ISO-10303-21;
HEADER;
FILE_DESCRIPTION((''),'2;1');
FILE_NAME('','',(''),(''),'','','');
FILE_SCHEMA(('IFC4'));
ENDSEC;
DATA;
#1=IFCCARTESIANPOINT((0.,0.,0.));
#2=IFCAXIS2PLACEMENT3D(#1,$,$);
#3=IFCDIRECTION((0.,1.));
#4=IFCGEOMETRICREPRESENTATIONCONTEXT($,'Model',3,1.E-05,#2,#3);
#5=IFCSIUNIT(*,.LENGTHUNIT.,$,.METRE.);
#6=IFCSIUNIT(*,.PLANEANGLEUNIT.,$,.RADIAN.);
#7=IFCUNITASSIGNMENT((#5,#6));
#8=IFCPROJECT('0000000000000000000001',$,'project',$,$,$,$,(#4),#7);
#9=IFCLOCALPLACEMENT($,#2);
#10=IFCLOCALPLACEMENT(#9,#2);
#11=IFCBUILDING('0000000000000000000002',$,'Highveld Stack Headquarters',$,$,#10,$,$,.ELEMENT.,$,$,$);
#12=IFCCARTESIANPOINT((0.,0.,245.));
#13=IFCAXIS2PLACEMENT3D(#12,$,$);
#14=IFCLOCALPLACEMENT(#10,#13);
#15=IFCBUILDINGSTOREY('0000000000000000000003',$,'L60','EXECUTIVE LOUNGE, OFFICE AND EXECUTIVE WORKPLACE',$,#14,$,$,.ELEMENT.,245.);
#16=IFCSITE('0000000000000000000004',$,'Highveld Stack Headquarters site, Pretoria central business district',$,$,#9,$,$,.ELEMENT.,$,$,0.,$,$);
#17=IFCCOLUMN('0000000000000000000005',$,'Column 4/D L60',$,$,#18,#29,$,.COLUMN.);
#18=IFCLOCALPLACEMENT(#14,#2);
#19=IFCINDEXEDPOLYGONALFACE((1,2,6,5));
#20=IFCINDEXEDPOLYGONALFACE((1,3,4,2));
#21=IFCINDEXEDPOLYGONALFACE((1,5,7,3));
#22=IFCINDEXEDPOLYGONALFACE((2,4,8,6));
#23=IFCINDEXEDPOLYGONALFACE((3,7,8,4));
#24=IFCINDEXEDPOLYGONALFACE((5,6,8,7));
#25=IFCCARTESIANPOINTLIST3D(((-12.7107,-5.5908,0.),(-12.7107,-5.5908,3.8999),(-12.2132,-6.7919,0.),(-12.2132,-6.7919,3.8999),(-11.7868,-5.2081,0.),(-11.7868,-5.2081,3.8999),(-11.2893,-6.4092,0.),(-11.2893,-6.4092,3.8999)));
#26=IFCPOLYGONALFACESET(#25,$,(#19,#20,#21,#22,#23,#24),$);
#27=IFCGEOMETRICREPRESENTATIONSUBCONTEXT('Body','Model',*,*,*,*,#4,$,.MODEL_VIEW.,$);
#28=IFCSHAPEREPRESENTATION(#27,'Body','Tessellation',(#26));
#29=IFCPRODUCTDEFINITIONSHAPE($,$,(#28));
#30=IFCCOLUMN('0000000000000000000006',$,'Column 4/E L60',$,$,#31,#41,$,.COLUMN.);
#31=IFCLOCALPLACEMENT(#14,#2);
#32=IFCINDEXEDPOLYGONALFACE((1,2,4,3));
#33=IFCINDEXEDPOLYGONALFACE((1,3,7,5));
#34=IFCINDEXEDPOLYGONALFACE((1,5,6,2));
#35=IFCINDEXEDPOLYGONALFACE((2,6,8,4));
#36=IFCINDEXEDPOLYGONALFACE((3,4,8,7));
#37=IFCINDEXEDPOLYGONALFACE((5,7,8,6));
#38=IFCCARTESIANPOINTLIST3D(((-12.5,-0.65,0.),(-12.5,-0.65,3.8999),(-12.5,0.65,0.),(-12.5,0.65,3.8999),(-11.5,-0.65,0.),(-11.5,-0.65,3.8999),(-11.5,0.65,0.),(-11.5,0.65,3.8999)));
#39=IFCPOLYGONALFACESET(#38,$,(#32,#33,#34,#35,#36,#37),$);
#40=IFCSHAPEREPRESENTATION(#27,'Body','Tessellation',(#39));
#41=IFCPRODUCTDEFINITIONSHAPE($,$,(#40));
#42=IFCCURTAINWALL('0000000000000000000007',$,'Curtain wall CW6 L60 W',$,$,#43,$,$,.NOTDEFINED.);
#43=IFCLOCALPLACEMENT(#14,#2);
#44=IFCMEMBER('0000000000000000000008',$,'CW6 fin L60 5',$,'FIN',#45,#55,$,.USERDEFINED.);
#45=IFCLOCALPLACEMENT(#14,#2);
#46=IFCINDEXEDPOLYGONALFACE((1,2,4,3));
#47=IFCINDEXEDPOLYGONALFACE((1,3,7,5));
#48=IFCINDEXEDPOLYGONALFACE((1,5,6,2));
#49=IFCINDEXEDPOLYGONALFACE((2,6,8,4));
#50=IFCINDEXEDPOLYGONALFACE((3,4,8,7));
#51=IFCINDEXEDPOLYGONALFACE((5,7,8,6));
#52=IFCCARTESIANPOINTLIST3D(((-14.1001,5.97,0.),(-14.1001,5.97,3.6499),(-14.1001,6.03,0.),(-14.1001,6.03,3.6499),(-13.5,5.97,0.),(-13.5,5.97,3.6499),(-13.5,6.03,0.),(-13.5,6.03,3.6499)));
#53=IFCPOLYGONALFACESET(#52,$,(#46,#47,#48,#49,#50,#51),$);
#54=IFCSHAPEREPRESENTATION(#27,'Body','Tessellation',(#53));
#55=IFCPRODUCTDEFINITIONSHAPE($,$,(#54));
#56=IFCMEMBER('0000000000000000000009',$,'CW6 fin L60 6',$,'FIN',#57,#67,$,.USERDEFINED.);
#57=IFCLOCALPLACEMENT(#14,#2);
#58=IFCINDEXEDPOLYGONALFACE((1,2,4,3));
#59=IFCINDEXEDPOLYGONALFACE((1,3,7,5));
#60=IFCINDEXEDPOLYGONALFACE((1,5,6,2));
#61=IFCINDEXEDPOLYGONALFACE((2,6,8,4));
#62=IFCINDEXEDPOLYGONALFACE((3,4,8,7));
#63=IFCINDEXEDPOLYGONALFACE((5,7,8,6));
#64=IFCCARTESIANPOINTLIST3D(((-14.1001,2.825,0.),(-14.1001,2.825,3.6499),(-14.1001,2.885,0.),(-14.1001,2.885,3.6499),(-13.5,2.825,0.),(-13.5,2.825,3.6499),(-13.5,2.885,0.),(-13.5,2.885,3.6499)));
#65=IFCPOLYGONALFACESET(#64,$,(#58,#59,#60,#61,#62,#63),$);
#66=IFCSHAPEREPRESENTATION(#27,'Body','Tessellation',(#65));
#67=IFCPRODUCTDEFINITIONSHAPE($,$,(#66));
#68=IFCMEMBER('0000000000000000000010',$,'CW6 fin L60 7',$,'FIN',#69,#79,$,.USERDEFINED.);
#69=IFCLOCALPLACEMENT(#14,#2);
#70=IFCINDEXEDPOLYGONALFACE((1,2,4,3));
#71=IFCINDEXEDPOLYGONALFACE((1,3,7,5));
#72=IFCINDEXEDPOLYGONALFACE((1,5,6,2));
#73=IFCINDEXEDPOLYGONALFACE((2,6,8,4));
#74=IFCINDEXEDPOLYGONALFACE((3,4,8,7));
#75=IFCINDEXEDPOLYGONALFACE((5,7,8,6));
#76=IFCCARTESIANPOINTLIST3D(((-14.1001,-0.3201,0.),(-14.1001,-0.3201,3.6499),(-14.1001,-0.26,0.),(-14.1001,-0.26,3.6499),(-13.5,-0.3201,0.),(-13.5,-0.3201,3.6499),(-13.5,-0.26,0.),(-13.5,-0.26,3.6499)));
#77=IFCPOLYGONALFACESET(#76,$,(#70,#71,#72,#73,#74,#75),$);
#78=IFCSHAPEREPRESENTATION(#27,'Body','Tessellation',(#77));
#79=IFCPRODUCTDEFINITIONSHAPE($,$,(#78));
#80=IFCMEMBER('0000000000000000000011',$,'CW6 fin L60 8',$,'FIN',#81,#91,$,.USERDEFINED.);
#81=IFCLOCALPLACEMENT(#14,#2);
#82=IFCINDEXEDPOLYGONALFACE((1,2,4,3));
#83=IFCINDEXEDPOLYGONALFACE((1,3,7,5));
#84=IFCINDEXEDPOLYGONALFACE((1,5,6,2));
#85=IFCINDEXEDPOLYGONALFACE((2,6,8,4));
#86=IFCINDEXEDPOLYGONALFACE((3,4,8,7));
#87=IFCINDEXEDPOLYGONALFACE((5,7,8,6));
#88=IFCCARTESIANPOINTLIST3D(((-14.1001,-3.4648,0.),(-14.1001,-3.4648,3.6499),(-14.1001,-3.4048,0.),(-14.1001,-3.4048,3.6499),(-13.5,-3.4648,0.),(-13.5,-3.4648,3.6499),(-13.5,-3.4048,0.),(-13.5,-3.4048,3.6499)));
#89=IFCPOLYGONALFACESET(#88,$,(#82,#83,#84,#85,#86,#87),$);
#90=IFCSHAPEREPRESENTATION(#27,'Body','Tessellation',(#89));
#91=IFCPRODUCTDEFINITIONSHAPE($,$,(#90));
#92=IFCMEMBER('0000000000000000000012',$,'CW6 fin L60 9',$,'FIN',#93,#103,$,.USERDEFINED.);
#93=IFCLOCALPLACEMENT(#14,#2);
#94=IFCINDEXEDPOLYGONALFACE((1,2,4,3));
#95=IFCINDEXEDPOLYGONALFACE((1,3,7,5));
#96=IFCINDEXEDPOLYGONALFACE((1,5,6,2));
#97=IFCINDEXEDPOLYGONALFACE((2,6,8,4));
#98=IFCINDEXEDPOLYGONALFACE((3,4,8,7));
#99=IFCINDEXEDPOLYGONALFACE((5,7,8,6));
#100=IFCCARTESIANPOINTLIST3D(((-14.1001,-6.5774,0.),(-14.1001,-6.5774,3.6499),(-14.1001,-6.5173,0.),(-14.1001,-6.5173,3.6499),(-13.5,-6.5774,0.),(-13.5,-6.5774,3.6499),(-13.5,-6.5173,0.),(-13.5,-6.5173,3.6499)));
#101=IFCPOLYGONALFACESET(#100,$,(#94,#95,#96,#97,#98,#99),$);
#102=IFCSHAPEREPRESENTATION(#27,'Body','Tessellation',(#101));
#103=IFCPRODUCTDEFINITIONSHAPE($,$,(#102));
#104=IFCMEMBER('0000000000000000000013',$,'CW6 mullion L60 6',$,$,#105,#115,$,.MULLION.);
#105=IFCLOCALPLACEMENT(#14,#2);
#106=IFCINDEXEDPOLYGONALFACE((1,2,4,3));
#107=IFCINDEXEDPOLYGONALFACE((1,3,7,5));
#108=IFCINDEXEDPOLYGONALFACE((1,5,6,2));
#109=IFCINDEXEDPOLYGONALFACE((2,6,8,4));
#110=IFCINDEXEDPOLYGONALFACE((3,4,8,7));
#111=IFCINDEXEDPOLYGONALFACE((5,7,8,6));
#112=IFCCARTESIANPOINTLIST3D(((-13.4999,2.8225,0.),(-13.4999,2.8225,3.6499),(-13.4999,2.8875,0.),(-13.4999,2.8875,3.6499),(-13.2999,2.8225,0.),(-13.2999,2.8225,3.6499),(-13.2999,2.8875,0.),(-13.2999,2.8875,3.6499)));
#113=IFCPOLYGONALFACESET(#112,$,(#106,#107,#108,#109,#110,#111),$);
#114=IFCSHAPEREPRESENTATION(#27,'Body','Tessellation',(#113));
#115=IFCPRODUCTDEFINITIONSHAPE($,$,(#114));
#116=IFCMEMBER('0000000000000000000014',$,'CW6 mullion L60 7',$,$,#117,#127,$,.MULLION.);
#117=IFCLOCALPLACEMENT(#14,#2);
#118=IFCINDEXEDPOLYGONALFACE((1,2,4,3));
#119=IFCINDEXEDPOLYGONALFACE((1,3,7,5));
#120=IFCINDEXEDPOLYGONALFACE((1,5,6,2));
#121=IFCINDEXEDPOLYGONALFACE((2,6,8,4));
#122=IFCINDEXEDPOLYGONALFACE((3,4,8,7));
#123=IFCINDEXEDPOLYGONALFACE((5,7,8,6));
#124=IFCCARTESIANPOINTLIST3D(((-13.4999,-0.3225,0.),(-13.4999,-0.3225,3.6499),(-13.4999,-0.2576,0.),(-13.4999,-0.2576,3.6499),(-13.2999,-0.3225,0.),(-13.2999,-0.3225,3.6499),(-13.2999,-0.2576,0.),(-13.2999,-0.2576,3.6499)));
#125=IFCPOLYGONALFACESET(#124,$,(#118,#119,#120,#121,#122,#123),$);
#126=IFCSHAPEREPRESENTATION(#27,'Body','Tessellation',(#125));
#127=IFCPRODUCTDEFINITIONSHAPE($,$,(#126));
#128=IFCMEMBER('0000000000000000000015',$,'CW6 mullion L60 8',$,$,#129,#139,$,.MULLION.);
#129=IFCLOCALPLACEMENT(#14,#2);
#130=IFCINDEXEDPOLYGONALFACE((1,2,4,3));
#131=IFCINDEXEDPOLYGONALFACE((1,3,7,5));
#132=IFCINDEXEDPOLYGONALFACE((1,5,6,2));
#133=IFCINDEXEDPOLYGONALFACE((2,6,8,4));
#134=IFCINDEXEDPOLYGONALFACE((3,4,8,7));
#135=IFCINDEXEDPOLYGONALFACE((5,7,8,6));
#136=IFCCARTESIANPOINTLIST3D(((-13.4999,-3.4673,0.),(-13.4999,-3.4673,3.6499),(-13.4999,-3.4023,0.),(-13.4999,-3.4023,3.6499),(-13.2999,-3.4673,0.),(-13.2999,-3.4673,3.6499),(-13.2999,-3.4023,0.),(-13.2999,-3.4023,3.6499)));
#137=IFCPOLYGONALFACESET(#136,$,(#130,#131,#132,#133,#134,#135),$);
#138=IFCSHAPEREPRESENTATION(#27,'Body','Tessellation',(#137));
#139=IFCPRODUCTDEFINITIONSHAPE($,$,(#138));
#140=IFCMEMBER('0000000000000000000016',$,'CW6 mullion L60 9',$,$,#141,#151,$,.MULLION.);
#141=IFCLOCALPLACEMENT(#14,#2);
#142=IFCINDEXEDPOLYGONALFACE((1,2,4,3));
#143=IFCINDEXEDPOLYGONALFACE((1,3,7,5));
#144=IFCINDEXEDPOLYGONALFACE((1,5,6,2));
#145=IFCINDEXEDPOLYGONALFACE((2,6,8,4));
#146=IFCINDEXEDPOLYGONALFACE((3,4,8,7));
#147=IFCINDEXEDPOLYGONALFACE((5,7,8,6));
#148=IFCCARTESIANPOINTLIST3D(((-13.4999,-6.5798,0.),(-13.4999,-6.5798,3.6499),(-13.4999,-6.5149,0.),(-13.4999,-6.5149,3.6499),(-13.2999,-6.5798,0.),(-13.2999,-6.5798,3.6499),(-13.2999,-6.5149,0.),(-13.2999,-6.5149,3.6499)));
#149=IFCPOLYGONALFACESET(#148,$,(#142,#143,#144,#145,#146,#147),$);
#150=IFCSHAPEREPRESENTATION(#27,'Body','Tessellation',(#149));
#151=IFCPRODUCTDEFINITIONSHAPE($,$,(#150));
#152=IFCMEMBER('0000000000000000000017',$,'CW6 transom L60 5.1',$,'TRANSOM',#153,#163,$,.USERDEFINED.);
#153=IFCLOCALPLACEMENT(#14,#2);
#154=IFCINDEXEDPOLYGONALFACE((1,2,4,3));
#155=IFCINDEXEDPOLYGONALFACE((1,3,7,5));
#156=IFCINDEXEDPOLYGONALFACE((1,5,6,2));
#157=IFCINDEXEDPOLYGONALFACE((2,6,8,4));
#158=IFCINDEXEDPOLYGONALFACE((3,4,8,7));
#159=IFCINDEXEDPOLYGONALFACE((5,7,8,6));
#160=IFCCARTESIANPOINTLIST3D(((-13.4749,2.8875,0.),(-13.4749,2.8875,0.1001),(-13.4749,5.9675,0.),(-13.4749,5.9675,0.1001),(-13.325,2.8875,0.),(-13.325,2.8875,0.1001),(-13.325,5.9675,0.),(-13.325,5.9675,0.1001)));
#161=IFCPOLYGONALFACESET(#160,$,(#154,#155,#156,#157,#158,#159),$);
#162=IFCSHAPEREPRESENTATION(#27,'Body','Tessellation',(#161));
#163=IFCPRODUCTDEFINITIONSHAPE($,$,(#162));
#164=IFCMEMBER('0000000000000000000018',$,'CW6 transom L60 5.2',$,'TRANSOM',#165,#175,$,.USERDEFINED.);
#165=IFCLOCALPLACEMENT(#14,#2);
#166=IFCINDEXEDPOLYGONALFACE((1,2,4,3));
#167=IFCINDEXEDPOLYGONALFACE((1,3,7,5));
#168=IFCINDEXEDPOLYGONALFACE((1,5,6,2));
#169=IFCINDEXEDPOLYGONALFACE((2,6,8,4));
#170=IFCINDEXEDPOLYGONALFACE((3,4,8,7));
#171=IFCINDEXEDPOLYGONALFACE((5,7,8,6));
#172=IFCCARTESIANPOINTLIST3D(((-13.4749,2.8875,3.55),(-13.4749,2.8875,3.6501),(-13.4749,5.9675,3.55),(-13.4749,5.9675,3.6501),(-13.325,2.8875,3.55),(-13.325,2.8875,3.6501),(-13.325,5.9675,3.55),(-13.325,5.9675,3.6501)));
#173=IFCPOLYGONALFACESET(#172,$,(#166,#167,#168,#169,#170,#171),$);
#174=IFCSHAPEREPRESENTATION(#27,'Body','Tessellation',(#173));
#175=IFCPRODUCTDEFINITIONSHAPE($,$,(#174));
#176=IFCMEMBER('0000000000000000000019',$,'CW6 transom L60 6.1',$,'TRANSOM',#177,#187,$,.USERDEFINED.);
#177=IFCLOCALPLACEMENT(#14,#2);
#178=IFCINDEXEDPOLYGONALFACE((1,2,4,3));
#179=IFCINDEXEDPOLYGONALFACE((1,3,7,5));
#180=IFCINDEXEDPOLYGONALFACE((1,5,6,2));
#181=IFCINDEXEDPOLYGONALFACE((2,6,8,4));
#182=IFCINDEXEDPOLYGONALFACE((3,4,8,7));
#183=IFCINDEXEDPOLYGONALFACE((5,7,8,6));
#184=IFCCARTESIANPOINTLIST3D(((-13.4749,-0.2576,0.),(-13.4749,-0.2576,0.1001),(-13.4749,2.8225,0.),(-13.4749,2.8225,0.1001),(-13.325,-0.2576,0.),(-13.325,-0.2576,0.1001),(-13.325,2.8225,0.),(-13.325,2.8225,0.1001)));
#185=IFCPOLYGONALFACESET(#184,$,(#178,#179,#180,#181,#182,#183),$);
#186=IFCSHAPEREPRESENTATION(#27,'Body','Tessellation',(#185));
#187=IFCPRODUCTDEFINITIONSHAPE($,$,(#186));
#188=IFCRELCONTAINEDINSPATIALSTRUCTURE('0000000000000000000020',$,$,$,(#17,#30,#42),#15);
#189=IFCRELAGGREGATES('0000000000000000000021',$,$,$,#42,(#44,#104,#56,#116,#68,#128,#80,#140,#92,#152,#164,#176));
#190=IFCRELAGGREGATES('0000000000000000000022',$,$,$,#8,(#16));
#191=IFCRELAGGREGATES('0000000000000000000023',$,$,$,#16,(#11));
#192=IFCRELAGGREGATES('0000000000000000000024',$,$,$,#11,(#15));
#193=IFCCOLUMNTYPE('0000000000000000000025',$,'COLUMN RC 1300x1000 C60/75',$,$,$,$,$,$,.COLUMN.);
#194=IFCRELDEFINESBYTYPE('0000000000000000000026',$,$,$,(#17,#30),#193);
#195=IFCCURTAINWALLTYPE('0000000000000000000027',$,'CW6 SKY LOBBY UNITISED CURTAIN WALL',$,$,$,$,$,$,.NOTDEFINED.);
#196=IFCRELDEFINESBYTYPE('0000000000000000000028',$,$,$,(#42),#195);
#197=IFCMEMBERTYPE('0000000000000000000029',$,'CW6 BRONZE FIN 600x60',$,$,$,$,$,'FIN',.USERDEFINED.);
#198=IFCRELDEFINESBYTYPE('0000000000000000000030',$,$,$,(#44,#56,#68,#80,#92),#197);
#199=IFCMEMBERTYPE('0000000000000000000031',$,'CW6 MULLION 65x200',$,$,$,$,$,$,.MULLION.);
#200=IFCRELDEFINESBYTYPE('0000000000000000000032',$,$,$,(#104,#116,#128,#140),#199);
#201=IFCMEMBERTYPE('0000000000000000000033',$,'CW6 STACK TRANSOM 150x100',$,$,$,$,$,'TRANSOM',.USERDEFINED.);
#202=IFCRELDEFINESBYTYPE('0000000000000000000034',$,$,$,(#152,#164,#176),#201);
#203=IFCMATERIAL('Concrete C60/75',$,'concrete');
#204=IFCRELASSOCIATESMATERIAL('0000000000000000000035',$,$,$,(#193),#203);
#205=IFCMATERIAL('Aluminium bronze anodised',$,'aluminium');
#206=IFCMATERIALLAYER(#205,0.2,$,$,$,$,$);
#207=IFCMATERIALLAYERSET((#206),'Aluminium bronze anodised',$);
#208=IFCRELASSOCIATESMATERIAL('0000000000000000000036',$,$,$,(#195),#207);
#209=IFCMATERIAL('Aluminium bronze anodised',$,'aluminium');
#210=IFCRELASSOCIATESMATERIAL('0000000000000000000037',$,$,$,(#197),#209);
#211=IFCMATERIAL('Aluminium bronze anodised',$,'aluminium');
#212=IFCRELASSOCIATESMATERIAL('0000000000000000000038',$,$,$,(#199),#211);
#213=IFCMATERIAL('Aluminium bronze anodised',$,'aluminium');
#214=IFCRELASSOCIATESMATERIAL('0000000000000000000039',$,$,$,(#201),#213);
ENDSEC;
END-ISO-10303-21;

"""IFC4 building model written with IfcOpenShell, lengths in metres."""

from ifc_helpers import new_model, si_unit, direction, frame, origin, origin_2d, place, context, subcontext, project, spatial, rectangle, extrude, material, layer, layer_set, material_profile, profile_set, type_object, element, aggregate, save


model = new_model("IFC4")

# Units and contexts
model_context = context("Model", 3, precision=1e-05, world=origin(), true_north=direction((0.0, 1.0)))
body_context = subcontext(model_context, "Body", "Model", "MODEL_VIEW")
ifc_project = project(units=[si_unit("LENGTHUNIT", "METRE"), si_unit("PLANEANGLEUNIT", "RADIAN")], contexts=[model_context])

# Site, building, storey
site_placement = place(None, origin())
site = spatial("IfcSite", under=ifc_project, at=site_placement, Name="Highveld Stack Headquarters site, Pretoria central business district", CompositionType="ELEMENT", RefElevation=0.0)
building_placement = place(site_placement, origin())
building = spatial("IfcBuilding", under=site, at=building_placement, Name="Highveld Stack Headquarters", CompositionType="ELEMENT")
storey_placement = place(building_placement, frame((0.0, 0.0, 245.0)))
storey = spatial("IfcBuildingStorey", under=building, at=storey_placement, Name="L60", Description="EXECUTIVE LOUNGE, OFFICE AND EXECUTIVE WORKPLACE", CompositionType="ELEMENT", Elevation=245.0)

# Columns
ifc_material_1 = material(Name="Concrete C60/75", Category="concrete")
ifc_material_profile_1 = material_profile(ifc_material_1, rectangle(XDim=1.3, YDim=1.0, at=origin_2d()), Name="RC 1300x1000")
ifc_profile_set_1 = profile_set([ifc_material_profile_1], Name="Concrete C60/75")
column_type = type_object("IfcColumnType", Name="COLUMN RC 1300x1000 C60/75", PredefinedType="COLUMN", material=ifc_profile_set_1)
for number, where, z_axis, x_axis, name in (
    (1, (-12.0, -6.0, 0.0), (0.0, 0.0, 1.0), (-0.382683, 0.92388, 0.0), "Column 4/D L60"),
    (2, (-12.0, 0.0, 0.0), (0.0, 0.0, 1.0), (0.0, 1.0, 0.0), "Column 4/E L60"),
):
    element("IfcColumn", number, at=place(storey_placement, frame(where, z_axis=z_axis, x_axis=x_axis)), inside=storey, type_object=column_type, Name=name, PredefinedType="COLUMN", context=body_context, shape_type="SweptSolid", body=[
        extrude(rectangle(XDim=1.3, YDim=1.0, at=origin_2d()), origin(), (0.0, 0.0, 1.0), 3.8999),
    ])

# Curtain wall, members
ifc_material_2 = material(Name="Aluminium bronze anodised", Category="aluminium")
ifc_layer_1 = layer(ifc_material_2, 0.2)
ifc_layer_set_1 = layer_set([ifc_layer_1], Name="Aluminium bronze anodised")
curtain_wall_type = type_object("IfcCurtainWallType", Name="CW6 SKY LOBBY UNITISED CURTAIN WALL", PredefinedType="NOTDEFINED", material=ifc_layer_set_1)
curtain_wall_placement = place(storey_placement, origin())
curtain_wall = element("IfcCurtainWall", 3, at=curtain_wall_placement, inside=storey, type_object=curtain_wall_type, Name="Curtain wall CW6 L60 W", PredefinedType="NOTDEFINED")
ifc_material_3 = material(Name="Aluminium bronze anodised", Category="aluminium")
ifc_material_profile_2 = material_profile(ifc_material_3, rectangle(XDim=0.6001, YDim=0.0601, at=origin_2d()), Name="FIN 600x60")
ifc_profile_set_2 = profile_set([ifc_material_profile_2], Name="Aluminium bronze anodised")
member_type_1 = type_object("IfcMemberType", Name="CW6 BRONZE FIN 600x60", ElementType="FIN", PredefinedType="USERDEFINED", material=ifc_profile_set_2)
member_1_placement = place(storey_placement, frame((-13.8, 6.0, 0.0), z_axis=(0.0, 0.0, 1.0), x_axis=(1.0, 0.0, 0.0)))
member_1 = element("IfcMember", 4, at=member_1_placement, type_object=member_type_1, Name="CW6 fin L60 5", ObjectType="FIN", PredefinedType="USERDEFINED", context=body_context, shape_type="SweptSolid", body=[
    extrude(rectangle(XDim=0.6001, YDim=0.0601, at=origin_2d()), origin(), (0.0, 0.0, 1.0), 3.6499),
])
member_2_placement = place(storey_placement, frame((-13.8, 2.855, 0.0), z_axis=(0.0, 0.0, 1.0), x_axis=(1.0, 0.0, 0.0)))
member_2 = element("IfcMember", 5, at=member_2_placement, type_object=member_type_1, Name="CW6 fin L60 6", ObjectType="FIN", PredefinedType="USERDEFINED", context=body_context, shape_type="SweptSolid", body=[
    extrude(rectangle(XDim=0.6001, YDim=0.0601, at=origin_2d()), origin(), (0.0, 0.0, 1.0), 3.6499),
])
member_3_placement = place(storey_placement, frame((-13.8, -0.29, 0.0), z_axis=(0.0, 0.0, 1.0), x_axis=(1.0, 0.0, 0.0)))
member_3 = element("IfcMember", 6, at=member_3_placement, type_object=member_type_1, Name="CW6 fin L60 7", ObjectType="FIN", PredefinedType="USERDEFINED", context=body_context, shape_type="SweptSolid", body=[
    extrude(rectangle(XDim=0.6001, YDim=0.0601, at=origin_2d()), origin(), (0.0, 0.0, 1.0), 3.6499),
])
member_4_placement = place(storey_placement, frame((-13.8, -3.4348, 0.0), z_axis=(0.0, 0.0, 1.0), x_axis=(1.0, 0.0, 0.0)))
member_4 = element("IfcMember", 7, at=member_4_placement, type_object=member_type_1, Name="CW6 fin L60 8", ObjectType="FIN", PredefinedType="USERDEFINED", context=body_context, shape_type="SweptSolid", body=[
    extrude(rectangle(XDim=0.6001, YDim=0.0601, at=origin_2d()), origin(), (0.0, 0.0, 1.0), 3.6499),
])
member_5_placement = place(storey_placement, frame((-13.8, -6.5474, 0.0), z_axis=(0.0, 0.0, 1.0), x_axis=(1.0, 0.0, 0.0)))
member_5 = element("IfcMember", 8, at=member_5_placement, type_object=member_type_1, Name="CW6 fin L60 9", ObjectType="FIN", PredefinedType="USERDEFINED", context=body_context, shape_type="SweptSolid", body=[
    extrude(rectangle(XDim=0.6001, YDim=0.0601, at=origin_2d()), origin(), (0.0, 0.0, 1.0), 3.6499),
])
ifc_material_4 = material(Name="Aluminium bronze anodised", Category="aluminium")
ifc_material_profile_3 = material_profile(ifc_material_4, rectangle(XDim=0.2, YDim=0.0649, at=origin_2d()), Name="CW6 MULLION 65x200")
ifc_profile_set_3 = profile_set([ifc_material_profile_3], Name="Aluminium bronze anodised")
member_type_2 = type_object("IfcMemberType", Name="CW6 MULLION 65x200", PredefinedType="MULLION", material=ifc_profile_set_3)
member_6_placement = place(storey_placement, frame((-13.3999, 2.855, 0.0), z_axis=(0.0, 0.0, 1.0), x_axis=(1.0, 0.0, 0.0)))
member_6 = element("IfcMember", 9, at=member_6_placement, type_object=member_type_2, Name="CW6 mullion L60 6", PredefinedType="MULLION", context=body_context, shape_type="SweptSolid", body=[
    extrude(rectangle(XDim=0.2, YDim=0.0649, at=origin_2d()), origin(), (0.0, 0.0, 1.0), 3.6499),
])
member_7_placement = place(storey_placement, frame((-13.3999, -0.29, 0.0), z_axis=(0.0, 0.0, 1.0), x_axis=(1.0, 0.0, 0.0)))
member_7 = element("IfcMember", 10, at=member_7_placement, type_object=member_type_2, Name="CW6 mullion L60 7", PredefinedType="MULLION", context=body_context, shape_type="SweptSolid", body=[
    extrude(rectangle(XDim=0.2, YDim=0.0649, at=origin_2d()), origin(), (0.0, 0.0, 1.0), 3.6499),
])
member_8_placement = place(storey_placement, frame((-13.3999, -3.4348, 0.0), z_axis=(0.0, 0.0, 1.0), x_axis=(1.0, 0.0, 0.0)))
member_8 = element("IfcMember", 11, at=member_8_placement, type_object=member_type_2, Name="CW6 mullion L60 8", PredefinedType="MULLION", context=body_context, shape_type="SweptSolid", body=[
    extrude(rectangle(XDim=0.2, YDim=0.0649, at=origin_2d()), origin(), (0.0, 0.0, 1.0), 3.6499),
])
member_9_placement = place(storey_placement, frame((-13.3999, -6.5474, 0.0), z_axis=(0.0, 0.0, 1.0), x_axis=(1.0, 0.0, 0.0)))
member_9 = element("IfcMember", 12, at=member_9_placement, type_object=member_type_2, Name="CW6 mullion L60 9", PredefinedType="MULLION", context=body_context, shape_type="SweptSolid", body=[
    extrude(rectangle(XDim=0.2, YDim=0.0649, at=origin_2d()), origin(), (0.0, 0.0, 1.0), 3.6499),
])
ifc_material_5 = material(Name="Aluminium bronze anodised", Category="aluminium")
ifc_material_profile_4 = material_profile(ifc_material_5, rectangle(XDim=0.1499, YDim=0.1001, at=origin_2d()), Name="CW6 TRANSOM 150x100")
ifc_profile_set_4 = profile_set([ifc_material_profile_4], Name="Aluminium bronze anodised")
member_type_3 = type_object("IfcMemberType", Name="CW6 STACK TRANSOM 150x100", ElementType="TRANSOM", PredefinedType="USERDEFINED", material=ifc_profile_set_4)
member_10_placement = place(storey_placement, frame((-13.3999, 5.9675, 0.05), z_axis=(0.0, -1.0, 0.0), x_axis=(1.0, 0.0, 0.0)))
member_10 = element("IfcMember", 13, at=member_10_placement, type_object=member_type_3, Name="CW6 transom L60 5.1", ObjectType="TRANSOM", PredefinedType="USERDEFINED", context=body_context, shape_type="SweptSolid", body=[
    extrude(rectangle(XDim=0.1499, YDim=0.1001, at=origin_2d()), origin(), (0.0, 0.0, 1.0), 3.0801),
])
member_11_placement = place(storey_placement, frame((-13.3999, 5.9675, 3.6001), z_axis=(0.0, -1.0, 0.0), x_axis=(1.0, 0.0, 0.0)))
member_11 = element("IfcMember", 14, at=member_11_placement, type_object=member_type_3, Name="CW6 transom L60 5.2", ObjectType="TRANSOM", PredefinedType="USERDEFINED", context=body_context, shape_type="SweptSolid", body=[
    extrude(rectangle(XDim=0.1499, YDim=0.1001, at=origin_2d()), origin(), (0.0, 0.0, 1.0), 3.0801),
])
member_12_placement = place(storey_placement, frame((-13.3999, 2.8225, 0.05), z_axis=(0.0, -1.0, 0.0), x_axis=(1.0, 0.0, 0.0)))
member_12 = element("IfcMember", 15, at=member_12_placement, type_object=member_type_3, Name="CW6 transom L60 6.1", ObjectType="TRANSOM", PredefinedType="USERDEFINED", context=body_context, shape_type="SweptSolid", body=[
    extrude(rectangle(XDim=0.1499, YDim=0.1001, at=origin_2d()), origin(), (0.0, 0.0, 1.0), 3.0801),
])
aggregate(curtain_wall, [member_1, member_6, member_2, member_7, member_3, member_8, member_4, member_9, member_5, member_10, member_11, member_12])

save(model, "model.ifc")
